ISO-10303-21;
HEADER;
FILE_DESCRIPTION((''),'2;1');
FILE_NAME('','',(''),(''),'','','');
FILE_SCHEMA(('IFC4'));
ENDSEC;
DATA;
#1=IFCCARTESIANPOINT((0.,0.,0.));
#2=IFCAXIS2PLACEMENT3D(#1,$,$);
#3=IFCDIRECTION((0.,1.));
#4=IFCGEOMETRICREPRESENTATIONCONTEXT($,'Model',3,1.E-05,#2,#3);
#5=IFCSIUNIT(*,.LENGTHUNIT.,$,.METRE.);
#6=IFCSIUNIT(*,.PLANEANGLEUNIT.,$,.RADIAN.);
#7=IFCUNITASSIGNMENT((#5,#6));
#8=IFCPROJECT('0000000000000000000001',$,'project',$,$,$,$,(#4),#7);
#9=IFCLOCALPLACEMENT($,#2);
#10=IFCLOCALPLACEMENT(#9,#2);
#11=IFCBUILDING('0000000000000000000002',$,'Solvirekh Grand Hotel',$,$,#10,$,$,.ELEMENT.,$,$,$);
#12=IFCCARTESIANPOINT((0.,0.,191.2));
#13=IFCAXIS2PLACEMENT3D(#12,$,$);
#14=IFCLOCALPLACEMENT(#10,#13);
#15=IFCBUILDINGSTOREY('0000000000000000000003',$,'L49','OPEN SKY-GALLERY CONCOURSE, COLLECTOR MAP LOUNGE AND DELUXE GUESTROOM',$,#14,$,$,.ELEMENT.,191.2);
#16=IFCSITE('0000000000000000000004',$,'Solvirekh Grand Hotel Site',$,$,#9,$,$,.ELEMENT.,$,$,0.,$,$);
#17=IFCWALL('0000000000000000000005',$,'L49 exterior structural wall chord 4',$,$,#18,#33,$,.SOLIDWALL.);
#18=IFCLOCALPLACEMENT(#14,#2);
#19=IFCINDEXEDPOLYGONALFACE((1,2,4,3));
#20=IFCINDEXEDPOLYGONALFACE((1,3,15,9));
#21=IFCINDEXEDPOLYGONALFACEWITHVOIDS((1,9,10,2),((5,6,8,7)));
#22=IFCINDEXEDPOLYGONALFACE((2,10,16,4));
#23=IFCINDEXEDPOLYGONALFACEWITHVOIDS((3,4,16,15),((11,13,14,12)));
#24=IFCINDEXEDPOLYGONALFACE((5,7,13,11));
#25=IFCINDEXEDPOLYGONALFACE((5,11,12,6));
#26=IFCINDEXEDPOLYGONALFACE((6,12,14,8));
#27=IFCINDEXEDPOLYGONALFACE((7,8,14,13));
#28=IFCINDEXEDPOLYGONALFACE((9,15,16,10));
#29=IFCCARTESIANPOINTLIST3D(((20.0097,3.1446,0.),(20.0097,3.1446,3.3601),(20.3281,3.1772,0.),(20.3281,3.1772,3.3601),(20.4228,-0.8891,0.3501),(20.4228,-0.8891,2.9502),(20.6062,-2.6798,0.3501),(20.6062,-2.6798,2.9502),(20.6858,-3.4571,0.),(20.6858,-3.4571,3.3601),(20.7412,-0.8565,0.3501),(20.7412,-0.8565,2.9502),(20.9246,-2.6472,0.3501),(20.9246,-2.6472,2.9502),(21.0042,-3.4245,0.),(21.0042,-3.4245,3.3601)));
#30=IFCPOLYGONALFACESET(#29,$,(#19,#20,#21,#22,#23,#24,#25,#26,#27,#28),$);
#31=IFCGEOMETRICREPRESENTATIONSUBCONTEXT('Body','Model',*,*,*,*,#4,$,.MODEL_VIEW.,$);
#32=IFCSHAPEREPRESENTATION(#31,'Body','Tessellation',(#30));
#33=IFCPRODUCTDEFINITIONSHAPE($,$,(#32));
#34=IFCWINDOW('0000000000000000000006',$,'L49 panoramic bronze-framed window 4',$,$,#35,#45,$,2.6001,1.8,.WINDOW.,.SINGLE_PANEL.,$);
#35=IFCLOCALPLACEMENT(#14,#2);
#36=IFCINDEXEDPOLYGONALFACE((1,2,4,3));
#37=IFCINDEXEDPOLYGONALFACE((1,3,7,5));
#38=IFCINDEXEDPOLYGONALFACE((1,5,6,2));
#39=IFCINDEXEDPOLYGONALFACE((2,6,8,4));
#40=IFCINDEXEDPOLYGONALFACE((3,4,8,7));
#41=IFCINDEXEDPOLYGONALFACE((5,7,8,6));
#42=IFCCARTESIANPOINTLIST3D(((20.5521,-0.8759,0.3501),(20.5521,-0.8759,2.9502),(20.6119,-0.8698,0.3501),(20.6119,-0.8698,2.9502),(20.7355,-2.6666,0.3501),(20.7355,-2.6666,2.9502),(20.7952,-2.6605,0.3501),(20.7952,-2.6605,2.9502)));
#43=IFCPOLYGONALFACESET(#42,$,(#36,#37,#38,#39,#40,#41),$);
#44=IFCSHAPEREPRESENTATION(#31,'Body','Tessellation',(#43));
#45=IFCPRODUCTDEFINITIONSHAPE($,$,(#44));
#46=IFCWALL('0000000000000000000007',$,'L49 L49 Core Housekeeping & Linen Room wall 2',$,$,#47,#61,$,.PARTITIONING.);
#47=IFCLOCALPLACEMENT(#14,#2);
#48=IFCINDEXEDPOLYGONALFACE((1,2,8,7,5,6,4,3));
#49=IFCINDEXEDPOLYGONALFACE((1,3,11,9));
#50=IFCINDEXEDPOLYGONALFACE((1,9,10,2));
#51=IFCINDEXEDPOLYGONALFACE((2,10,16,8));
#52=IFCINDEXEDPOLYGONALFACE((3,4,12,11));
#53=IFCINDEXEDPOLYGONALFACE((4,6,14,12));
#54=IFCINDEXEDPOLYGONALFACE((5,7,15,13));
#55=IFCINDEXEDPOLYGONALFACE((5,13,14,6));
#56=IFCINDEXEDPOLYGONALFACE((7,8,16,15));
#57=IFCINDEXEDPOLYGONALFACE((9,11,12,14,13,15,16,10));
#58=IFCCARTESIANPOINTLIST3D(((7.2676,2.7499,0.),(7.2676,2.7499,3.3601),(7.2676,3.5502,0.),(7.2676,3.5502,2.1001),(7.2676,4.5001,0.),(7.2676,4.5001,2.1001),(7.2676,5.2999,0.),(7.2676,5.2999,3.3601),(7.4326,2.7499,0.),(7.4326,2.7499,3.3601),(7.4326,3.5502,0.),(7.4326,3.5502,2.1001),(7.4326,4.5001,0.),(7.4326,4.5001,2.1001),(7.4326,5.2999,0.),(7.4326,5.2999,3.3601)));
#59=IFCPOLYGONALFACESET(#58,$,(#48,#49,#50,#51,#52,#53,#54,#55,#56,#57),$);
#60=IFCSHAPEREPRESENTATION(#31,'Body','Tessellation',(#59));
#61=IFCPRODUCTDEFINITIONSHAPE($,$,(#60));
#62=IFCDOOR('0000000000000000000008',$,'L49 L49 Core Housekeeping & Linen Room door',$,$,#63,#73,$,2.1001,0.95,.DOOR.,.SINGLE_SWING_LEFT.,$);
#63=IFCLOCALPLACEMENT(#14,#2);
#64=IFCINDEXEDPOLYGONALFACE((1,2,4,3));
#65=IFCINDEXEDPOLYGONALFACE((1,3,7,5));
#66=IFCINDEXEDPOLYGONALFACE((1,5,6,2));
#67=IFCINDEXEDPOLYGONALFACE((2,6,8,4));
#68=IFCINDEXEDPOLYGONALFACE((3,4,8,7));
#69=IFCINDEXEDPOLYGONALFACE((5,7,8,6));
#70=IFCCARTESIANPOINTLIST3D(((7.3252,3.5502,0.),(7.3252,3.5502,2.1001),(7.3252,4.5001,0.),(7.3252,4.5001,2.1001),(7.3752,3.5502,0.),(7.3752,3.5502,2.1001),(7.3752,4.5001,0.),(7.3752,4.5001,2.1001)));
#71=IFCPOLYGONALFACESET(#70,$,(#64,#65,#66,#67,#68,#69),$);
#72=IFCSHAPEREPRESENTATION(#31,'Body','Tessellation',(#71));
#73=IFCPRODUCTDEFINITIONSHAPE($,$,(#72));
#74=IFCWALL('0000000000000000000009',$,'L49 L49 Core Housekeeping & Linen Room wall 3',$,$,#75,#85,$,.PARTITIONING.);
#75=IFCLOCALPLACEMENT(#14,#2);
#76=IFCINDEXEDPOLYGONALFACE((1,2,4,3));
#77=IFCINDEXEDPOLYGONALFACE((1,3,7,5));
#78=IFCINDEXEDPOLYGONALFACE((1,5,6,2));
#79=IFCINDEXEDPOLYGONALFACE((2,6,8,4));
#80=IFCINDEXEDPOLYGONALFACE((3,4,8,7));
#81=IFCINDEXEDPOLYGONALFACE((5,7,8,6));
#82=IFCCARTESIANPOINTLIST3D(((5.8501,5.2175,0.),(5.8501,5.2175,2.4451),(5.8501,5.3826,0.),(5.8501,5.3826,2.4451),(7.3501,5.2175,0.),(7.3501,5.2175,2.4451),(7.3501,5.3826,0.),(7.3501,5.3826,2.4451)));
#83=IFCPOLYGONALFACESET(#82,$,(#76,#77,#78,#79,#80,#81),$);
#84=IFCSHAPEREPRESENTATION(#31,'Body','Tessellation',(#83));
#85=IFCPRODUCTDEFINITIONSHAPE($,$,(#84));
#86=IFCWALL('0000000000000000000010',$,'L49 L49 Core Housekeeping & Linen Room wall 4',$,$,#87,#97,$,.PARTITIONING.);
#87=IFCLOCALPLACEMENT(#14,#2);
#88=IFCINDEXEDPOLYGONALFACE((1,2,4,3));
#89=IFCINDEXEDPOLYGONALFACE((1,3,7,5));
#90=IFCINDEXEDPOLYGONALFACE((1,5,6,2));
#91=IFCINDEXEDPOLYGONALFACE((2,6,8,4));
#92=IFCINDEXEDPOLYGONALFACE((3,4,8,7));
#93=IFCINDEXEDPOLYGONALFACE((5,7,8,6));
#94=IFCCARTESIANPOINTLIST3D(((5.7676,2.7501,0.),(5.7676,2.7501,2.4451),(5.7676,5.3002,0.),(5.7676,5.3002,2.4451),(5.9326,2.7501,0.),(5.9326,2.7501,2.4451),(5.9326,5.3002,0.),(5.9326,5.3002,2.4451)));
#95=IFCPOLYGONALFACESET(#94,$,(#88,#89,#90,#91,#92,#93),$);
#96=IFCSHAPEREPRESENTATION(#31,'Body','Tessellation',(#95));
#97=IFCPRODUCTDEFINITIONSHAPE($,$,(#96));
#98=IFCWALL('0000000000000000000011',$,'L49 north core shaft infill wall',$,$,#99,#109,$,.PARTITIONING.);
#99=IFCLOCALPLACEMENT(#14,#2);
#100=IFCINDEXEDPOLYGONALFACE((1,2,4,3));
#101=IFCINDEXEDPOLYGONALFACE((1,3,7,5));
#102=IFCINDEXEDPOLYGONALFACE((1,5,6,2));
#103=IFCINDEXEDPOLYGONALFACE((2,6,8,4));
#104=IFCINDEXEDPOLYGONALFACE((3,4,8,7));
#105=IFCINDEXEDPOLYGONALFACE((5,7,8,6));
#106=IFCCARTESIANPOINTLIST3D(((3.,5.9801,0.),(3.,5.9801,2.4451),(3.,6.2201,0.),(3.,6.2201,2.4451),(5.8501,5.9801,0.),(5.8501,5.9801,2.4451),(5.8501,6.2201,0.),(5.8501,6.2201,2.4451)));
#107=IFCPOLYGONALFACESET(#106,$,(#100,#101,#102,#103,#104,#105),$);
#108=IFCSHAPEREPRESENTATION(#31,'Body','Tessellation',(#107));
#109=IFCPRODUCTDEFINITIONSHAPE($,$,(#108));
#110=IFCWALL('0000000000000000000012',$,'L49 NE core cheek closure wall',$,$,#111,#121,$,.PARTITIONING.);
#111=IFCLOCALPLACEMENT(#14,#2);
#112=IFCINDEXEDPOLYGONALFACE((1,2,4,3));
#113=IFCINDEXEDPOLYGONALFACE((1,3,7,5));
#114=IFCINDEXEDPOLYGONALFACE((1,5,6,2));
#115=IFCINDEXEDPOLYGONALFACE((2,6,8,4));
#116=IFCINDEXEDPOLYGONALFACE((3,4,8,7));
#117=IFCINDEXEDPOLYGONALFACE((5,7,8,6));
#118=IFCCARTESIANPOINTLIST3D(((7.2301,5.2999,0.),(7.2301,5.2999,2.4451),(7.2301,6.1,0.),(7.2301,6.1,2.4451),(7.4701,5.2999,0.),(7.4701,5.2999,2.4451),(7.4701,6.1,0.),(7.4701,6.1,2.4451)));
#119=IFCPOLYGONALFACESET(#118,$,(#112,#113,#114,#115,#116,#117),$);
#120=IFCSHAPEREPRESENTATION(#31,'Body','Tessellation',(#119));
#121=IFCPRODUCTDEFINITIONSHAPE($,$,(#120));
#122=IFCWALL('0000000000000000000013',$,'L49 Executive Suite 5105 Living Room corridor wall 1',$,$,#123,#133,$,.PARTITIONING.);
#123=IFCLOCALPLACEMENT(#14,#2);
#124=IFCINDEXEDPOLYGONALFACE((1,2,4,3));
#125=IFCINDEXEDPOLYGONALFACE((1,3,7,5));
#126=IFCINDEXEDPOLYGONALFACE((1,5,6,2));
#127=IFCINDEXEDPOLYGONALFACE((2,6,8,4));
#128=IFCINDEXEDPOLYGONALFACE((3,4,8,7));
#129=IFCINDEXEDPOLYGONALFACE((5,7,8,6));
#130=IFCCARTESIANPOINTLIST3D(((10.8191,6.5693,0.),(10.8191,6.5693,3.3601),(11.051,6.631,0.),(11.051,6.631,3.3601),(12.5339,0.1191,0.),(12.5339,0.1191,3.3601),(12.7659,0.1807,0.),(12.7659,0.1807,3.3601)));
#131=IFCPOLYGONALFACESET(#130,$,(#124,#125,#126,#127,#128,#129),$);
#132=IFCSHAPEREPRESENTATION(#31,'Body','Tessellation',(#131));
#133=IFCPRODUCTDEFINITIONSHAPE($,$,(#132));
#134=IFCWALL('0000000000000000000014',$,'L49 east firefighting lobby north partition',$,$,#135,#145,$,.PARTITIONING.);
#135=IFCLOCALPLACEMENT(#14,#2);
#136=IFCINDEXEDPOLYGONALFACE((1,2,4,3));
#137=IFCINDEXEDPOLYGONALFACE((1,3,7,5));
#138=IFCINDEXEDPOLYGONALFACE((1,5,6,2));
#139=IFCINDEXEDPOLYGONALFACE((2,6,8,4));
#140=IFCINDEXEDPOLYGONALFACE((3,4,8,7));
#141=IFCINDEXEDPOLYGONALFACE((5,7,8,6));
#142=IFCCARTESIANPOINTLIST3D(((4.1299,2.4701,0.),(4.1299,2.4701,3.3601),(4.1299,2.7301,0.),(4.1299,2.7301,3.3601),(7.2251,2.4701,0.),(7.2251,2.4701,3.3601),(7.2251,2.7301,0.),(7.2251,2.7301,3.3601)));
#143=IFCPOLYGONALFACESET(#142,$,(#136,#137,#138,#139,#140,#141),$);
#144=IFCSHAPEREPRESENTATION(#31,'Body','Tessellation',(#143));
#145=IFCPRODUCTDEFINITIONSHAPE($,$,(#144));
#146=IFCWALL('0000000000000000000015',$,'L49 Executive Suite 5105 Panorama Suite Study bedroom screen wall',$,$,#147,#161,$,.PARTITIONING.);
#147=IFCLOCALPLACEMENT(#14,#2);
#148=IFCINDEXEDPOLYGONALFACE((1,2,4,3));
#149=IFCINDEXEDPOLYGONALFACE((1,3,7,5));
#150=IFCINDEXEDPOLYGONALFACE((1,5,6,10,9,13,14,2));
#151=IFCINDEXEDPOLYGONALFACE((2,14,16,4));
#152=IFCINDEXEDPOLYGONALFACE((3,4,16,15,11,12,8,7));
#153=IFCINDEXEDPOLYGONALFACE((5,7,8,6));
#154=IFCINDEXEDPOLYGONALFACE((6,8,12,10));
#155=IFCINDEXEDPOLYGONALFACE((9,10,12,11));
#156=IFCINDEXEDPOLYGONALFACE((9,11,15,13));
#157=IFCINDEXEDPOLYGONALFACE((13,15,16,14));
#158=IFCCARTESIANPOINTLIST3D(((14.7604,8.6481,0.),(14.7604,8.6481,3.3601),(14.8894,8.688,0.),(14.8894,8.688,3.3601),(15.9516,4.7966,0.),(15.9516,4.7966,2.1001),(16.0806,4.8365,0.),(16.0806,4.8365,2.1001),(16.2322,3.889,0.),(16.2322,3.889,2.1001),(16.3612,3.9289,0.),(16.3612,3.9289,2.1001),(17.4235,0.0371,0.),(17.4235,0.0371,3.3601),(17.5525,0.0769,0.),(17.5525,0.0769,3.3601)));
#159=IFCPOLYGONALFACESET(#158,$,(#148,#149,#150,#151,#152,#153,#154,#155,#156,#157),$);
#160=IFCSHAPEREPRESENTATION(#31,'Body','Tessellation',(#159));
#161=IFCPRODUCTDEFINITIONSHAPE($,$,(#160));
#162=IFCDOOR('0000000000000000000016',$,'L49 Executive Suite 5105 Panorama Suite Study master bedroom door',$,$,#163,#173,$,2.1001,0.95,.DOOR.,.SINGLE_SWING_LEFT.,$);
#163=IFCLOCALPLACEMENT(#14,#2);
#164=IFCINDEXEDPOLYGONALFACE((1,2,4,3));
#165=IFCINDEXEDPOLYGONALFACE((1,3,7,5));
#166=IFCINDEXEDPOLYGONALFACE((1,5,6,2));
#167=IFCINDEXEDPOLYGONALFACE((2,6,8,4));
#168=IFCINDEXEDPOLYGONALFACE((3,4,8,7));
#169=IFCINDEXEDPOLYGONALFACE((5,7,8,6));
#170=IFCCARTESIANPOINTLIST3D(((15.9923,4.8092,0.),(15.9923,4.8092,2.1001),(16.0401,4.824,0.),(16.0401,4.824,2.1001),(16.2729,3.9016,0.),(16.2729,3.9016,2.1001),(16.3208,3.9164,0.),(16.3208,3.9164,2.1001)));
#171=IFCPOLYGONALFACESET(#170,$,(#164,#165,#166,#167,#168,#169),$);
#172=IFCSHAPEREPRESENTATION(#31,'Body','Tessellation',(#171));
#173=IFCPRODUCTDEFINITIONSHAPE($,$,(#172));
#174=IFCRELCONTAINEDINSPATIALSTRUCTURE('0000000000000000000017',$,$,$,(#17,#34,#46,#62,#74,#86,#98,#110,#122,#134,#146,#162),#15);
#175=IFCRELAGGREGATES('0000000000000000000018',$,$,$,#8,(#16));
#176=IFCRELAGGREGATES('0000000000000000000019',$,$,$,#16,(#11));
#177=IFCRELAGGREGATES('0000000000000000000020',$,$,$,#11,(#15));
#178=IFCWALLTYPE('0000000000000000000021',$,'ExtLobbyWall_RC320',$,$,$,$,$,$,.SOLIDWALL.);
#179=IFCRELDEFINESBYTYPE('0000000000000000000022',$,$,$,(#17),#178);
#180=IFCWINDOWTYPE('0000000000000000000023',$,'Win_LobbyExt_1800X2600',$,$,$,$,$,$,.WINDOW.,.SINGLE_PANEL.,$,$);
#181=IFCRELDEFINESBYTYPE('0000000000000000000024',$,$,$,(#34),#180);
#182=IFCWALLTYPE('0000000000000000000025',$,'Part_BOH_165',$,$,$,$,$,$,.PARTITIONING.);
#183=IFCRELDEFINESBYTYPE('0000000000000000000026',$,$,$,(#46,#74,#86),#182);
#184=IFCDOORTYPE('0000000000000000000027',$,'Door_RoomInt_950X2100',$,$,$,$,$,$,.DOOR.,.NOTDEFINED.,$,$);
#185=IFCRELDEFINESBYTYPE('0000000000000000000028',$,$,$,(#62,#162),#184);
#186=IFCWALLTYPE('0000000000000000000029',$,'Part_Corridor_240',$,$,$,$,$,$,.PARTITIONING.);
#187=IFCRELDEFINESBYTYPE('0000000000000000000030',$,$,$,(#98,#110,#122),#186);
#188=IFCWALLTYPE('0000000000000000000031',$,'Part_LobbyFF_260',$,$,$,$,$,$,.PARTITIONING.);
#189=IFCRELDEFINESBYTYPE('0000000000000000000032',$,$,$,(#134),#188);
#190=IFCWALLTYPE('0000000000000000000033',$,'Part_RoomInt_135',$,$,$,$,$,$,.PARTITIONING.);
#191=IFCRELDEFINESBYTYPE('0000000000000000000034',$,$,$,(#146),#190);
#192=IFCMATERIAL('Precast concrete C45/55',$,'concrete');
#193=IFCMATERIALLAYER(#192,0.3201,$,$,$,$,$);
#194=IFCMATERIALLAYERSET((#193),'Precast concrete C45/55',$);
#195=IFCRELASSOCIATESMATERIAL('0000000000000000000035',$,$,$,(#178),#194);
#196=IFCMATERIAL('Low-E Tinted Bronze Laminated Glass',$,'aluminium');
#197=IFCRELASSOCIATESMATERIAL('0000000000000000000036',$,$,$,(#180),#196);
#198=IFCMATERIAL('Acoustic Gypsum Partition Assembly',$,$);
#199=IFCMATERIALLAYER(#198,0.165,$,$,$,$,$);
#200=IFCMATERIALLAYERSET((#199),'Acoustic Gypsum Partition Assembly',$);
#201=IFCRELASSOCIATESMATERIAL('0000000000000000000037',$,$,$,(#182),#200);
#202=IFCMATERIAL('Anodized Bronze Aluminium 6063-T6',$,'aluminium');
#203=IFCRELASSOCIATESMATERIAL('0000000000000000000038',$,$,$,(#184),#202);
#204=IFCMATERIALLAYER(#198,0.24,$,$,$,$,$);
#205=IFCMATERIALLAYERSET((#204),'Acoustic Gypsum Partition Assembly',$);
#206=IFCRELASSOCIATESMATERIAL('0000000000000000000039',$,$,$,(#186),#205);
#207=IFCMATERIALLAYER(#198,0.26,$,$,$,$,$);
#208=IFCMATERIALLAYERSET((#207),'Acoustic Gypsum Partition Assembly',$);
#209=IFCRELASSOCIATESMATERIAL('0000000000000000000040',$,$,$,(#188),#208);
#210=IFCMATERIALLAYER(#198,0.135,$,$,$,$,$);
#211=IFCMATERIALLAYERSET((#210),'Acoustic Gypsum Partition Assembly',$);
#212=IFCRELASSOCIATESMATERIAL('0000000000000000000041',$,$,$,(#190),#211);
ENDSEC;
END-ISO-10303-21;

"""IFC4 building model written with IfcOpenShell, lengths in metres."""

from ifc_helpers import new_model, si_unit, direction, frame, frame_2d, origin, place, context, subcontext, project, spatial, rectangle, extrude, material, layer, layer_set, type_object, element, fill, save


model = new_model("IFC4")

# Units and contexts
model_context = context("Model", 3, precision=1e-05, world=origin(), true_north=direction((0.0, 1.0)))
body_context = subcontext(model_context, "Body", "Model", "MODEL_VIEW")
ifc_project = project(units=[si_unit("LENGTHUNIT", "METRE"), si_unit("PLANEANGLEUNIT", "RADIAN")], contexts=[model_context])

# Site, building, storey
site_placement = place(None, origin())
site = spatial("IfcSite", under=ifc_project, at=site_placement, Name="Solvirekh Grand Hotel Site", CompositionType="ELEMENT", RefElevation=0.0)
building_placement = place(site_placement, origin())
building = spatial("IfcBuilding", under=site, at=building_placement, Name="Solvirekh Grand Hotel", CompositionType="ELEMENT")
storey_placement = place(building_placement, frame((0.0, 0.0, 191.2)))
storey = spatial("IfcBuildingStorey", under=building, at=storey_placement, Name="L49", Description="OPEN SKY-GALLERY CONCOURSE, COLLECTOR MAP LOUNGE AND DELUXE GUESTROOM", CompositionType="ELEMENT", Elevation=191.2)

# Shared definitions
ifc_material_1 = material(Name="Anodized Bronze Aluminium 6063-T6", Category="aluminium")
ifc_material_2 = material(Name="Low-E Tinted Bronze Laminated Glass", Category="aluminium")

# Wall, opening, window
ifc_material_3 = material(Name="Precast concrete C45/55", Category="concrete")
ifc_layer_1 = layer(ifc_material_3, 0.3201)
ifc_layer_set_1 = layer_set([ifc_layer_1], Name="Precast concrete C45/55")
wall_type_1 = type_object("IfcWallType", Name="ExtLobbyWall_RC320", PredefinedType="SOLIDWALL", material=ifc_layer_set_1)
wall_1_placement = place(storey_placement, frame((20.1689, 3.1609, 0.0), z_axis=(0.0, 0.0, 1.0), x_axis=(0.101867, -0.994798, 0.0)))
wall_1 = element("IfcWall", 1, at=wall_1_placement, inside=storey, type_object=wall_type_1, Name="L49 exterior structural wall chord 4", PredefinedType="SOLIDWALL", context=body_context, shape_type="SweptSolid", body=[
    extrude(rectangle(XDim=6.6362, YDim=0.3201, at=frame_2d((3.3181, 0.0))), origin(), (0.0, 0.0, 1.0), 3.3601),
])
opening_1_placement = place(wall_1_placement, frame((4.0549, 0.0, 0.3501)))
opening_1 = element("IfcOpeningElement", 2, at=opening_1_placement, cuts=wall_1, PredefinedType="OPENING", context=body_context, shape_type="SweptSolid", body=[
    extrude(rectangle(XDim=1.8, YDim=2.6001, at=frame_2d((0.8999, 1.3))), frame((0.0, 0.1699, 0.0), z_axis=(0.0, -1.0, 0.0), x_axis=(1.0, 0.0, 0.0)), (0.0, 0.0, 1.0), 0.3401),
])
window_type = type_object("IfcWindowType", Name="Win_LobbyExt_1800X2600", PartitioningType="SINGLE_PANEL", PredefinedType="WINDOW", material=ifc_material_2)
window_placement = place(opening_1_placement, origin())
window = element("IfcWindow", 3, at=window_placement, inside=storey, type_object=window_type, Name="L49 panoramic bronze-framed window 4", OverallHeight=2.6001, OverallWidth=1.8, PartitioningType="SINGLE_PANEL", PredefinedType="WINDOW", context=body_context, shape_type="SweptSolid", body=[
    extrude(rectangle(XDim=1.8, YDim=2.6001, at=frame_2d((0.8999, 1.3))), frame((0.0, 0.03, 0.0), z_axis=(0.0, -1.0, 0.0), x_axis=(1.0, 0.0, 0.0)), (0.0, 0.0, 1.0), 0.0601),
])
fill(opening_1, window)

# Wall, opening, door
ifc_material_4 = material(Name="Acoustic Gypsum Partition Assembly")
ifc_layer_2 = layer(ifc_material_4, 0.165)
ifc_layer_set_2 = layer_set([ifc_layer_2], Name="Acoustic Gypsum Partition Assembly")
wall_type_2 = type_object("IfcWallType", Name="Part_BOH_165", PredefinedType="PARTITIONING", material=ifc_layer_set_2)
wall_2_placement = place(storey_placement, frame((7.3501, 2.75, 0.0), z_axis=(0.0, 0.0, 1.0), x_axis=(0.0, 1.0, 0.0)))
wall_2 = element("IfcWall", 4, at=wall_2_placement, inside=storey, type_object=wall_type_2, Name="L49 L49 Core Housekeeping & Linen Room wall 2", PredefinedType="PARTITIONING", context=body_context, shape_type="SweptSolid", body=[
    extrude(rectangle(XDim=2.55, YDim=0.165, at=frame_2d((1.2749, 0.0))), origin(), (0.0, 0.0, 1.0), 3.3601),
])
opening_2_placement = place(wall_2_placement, frame((0.8, 0.0, 0.0)))
opening_2 = element("IfcOpeningElement", 5, at=opening_2_placement, cuts=wall_2, PredefinedType="OPENING", context=body_context, shape_type="SweptSolid", body=[
    extrude(rectangle(XDim=0.95, YDim=2.1001, at=frame_2d((0.4751, 1.05))), frame((0.0, 0.0925, 0.0), z_axis=(0.0, -1.0, 0.0), x_axis=(1.0, 0.0, 0.0)), (0.0, 0.0, 1.0), 0.1851),
])
door_type_1 = type_object("IfcDoorType", Name="Door_RoomInt_950X2100", OperationType="NOTDEFINED", PredefinedType="DOOR", material=ifc_material_1)
door_1_placement = place(opening_2_placement, origin())
door_1 = element("IfcDoor", 6, at=door_1_placement, inside=storey, type_object=door_type_1, Name="L49 L49 Core Housekeeping & Linen Room door", OperationType="SINGLE_SWING_LEFT", OverallHeight=2.1001, OverallWidth=0.95, PredefinedType="DOOR", context=body_context, shape_type="SweptSolid", body=[
    extrude(rectangle(XDim=0.95, YDim=2.1001, at=frame_2d((0.4751, 1.05))), frame((0.0, 0.0249, 0.0), z_axis=(0.0, -1.0, 0.0), x_axis=(1.0, 0.0, 0.0)), (0.0, 0.0, 1.0), 0.05),
])
fill(opening_2, door_1)

# Walls
wall_3_placement = place(storey_placement, frame((7.3501, 5.3, 0.0), z_axis=(0.0, 0.0, 1.0), x_axis=(-1.0, 0.0, 0.0)))
element("IfcWall", 7, at=wall_3_placement, inside=storey, type_object=wall_type_2, Name="L49 L49 Core Housekeeping & Linen Room wall 3", PredefinedType="PARTITIONING", context=body_context, shape_type="SweptSolid", body=[
    extrude(rectangle(XDim=1.5, YDim=0.165, at=frame_2d((0.75, 0.0))), origin(), (0.0, 0.0, 1.0), 2.4451),
])
wall_4_placement = place(storey_placement, frame((5.8501, 5.3, 0.0), z_axis=(0.0, 0.0, 1.0), x_axis=(0.0, -1.0, 0.0)))
element("IfcWall", 8, at=wall_4_placement, inside=storey, type_object=wall_type_2, Name="L49 L49 Core Housekeeping & Linen Room wall 4", PredefinedType="PARTITIONING", context=body_context, shape_type="SweptSolid", body=[
    extrude(rectangle(XDim=2.55, YDim=0.165, at=frame_2d((1.2749, 0.0))), origin(), (0.0, 0.0, 1.0), 2.4451),
])
ifc_layer_3 = layer(ifc_material_4, 0.24)
ifc_layer_set_3 = layer_set([ifc_layer_3], Name="Acoustic Gypsum Partition Assembly")
wall_type_3 = type_object("IfcWallType", Name="Part_Corridor_240", PredefinedType="PARTITIONING", material=ifc_layer_set_3)
wall_5_placement = place(storey_placement, frame((3.0, 6.1001, 0.0), z_axis=(0.0, 0.0, 1.0), x_axis=(1.0, 0.0, 0.0)))
element("IfcWall", 9, at=wall_5_placement, inside=storey, type_object=wall_type_3, Name="L49 north core shaft infill wall", PredefinedType="PARTITIONING", context=body_context, shape_type="SweptSolid", body=[
    extrude(rectangle(XDim=2.8501, YDim=0.24, at=frame_2d((1.425, 0.0))), origin(), (0.0, 0.0, 1.0), 2.4451),
])
wall_6_placement = place(storey_placement, frame((7.3501, 5.3, 0.0), z_axis=(0.0, 0.0, 1.0), x_axis=(0.0, 1.0, 0.0)))
element("IfcWall", 10, at=wall_6_placement, inside=storey, type_object=wall_type_3, Name="L49 NE core cheek closure wall", PredefinedType="PARTITIONING", context=body_context, shape_type="SweptSolid", body=[
    extrude(rectangle(XDim=0.8, YDim=0.24, at=frame_2d((0.3999, 0.0))), origin(), (0.0, 0.0, 1.0), 2.4451),
])
wall_7_placement = place(storey_placement, frame((12.6499, 0.1499, 0.0), z_axis=(0.0, 0.0, 1.0), x_axis=(-0.256934, 0.966429, 0.0)))
element("IfcWall", 11, at=wall_7_placement, inside=storey, type_object=wall_type_3, Name="L49 Executive Suite 5105 Living Room corridor wall 1", PredefinedType="PARTITIONING", context=body_context, shape_type="SweptSolid", body=[
    extrude(rectangle(XDim=6.6743, YDim=0.24, at=frame_2d((3.3372, 0.0))), origin(), (0.0, 0.0, 1.0), 3.3601),
])
ifc_layer_4 = layer(ifc_material_4, 0.26)
ifc_layer_set_4 = layer_set([ifc_layer_4], Name="Acoustic Gypsum Partition Assembly")
wall_type_4 = type_object("IfcWallType", Name="Part_LobbyFF_260", PredefinedType="PARTITIONING", material=ifc_layer_set_4)
wall_8_placement = place(storey_placement, frame((4.1299, 2.6001, 0.0), z_axis=(0.0, 0.0, 1.0), x_axis=(1.0, 0.0, 0.0)))
element("IfcWall", 12, at=wall_8_placement, inside=storey, type_object=wall_type_4, Name="L49 east firefighting lobby north partition", PredefinedType="PARTITIONING", context=body_context, shape_type="SweptSolid", body=[
    extrude(rectangle(XDim=3.0952, YDim=0.26, at=frame_2d((1.5476, 0.0))), origin(), (0.0, 0.0, 1.0), 3.3601),
])

# Wall, opening, door
ifc_layer_5 = layer(ifc_material_4, 0.135)
ifc_layer_set_5 = layer_set([ifc_layer_5], Name="Acoustic Gypsum Partition Assembly")
wall_type_5 = type_object("IfcWallType", Name="Part_RoomInt_135", PredefinedType="PARTITIONING", material=ifc_layer_set_5)
wall_9_placement = place(storey_placement, frame((17.488, 0.0569, 0.0), z_axis=(0.0, 0.0, 1.0), x_axis=(-0.295456, 0.955356, 0.0)))
wall_9 = element("IfcWall", 13, at=wall_9_placement, inside=storey, type_object=wall_type_5, Name="L49 Executive Suite 5105 Panorama Suite Study bedroom screen wall", PredefinedType="PARTITIONING", context=body_context, shape_type="SweptSolid", body=[
    extrude(rectangle(XDim=9.0134, YDim=0.135, at=frame_2d((4.5068, 0.0))), origin(), (0.0, 0.0, 1.0), 3.3601),
])
opening_3_placement = place(wall_9_placement, frame((4.032, 0.0, 0.0)))
opening_3 = element("IfcOpeningElement", 14, at=opening_3_placement, cuts=wall_9, PredefinedType="OPENING", context=body_context, shape_type="SweptSolid", body=[
    extrude(rectangle(XDim=0.95, YDim=2.1001, at=frame_2d((0.4751, 1.05))), frame((0.0, 0.0776, 0.0), z_axis=(0.0, -1.0, 0.0), x_axis=(1.0, 0.0, 0.0)), (0.0, 0.0, 1.0), 0.155),
])
door_2_placement = place(opening_3_placement, origin())
door_2 = element("IfcDoor", 15, at=door_2_placement, inside=storey, type_object=door_type_1, Name="L49 Executive Suite 5105 Panorama Suite Study master bedroom door", OperationType="SINGLE_SWING_LEFT", OverallHeight=2.1001, OverallWidth=0.95, PredefinedType="DOOR", context=body_context, shape_type="SweptSolid", body=[
    extrude(rectangle(XDim=0.95, YDim=2.1001, at=frame_2d((0.4751, 1.05))), frame((0.0, 0.0249, 0.0), z_axis=(0.0, -1.0, 0.0), x_axis=(1.0, 0.0, 0.0)), (0.0, 0.0, 1.0), 0.05),
])
fill(opening_3, door_2)

save(model, "model.ifc")
